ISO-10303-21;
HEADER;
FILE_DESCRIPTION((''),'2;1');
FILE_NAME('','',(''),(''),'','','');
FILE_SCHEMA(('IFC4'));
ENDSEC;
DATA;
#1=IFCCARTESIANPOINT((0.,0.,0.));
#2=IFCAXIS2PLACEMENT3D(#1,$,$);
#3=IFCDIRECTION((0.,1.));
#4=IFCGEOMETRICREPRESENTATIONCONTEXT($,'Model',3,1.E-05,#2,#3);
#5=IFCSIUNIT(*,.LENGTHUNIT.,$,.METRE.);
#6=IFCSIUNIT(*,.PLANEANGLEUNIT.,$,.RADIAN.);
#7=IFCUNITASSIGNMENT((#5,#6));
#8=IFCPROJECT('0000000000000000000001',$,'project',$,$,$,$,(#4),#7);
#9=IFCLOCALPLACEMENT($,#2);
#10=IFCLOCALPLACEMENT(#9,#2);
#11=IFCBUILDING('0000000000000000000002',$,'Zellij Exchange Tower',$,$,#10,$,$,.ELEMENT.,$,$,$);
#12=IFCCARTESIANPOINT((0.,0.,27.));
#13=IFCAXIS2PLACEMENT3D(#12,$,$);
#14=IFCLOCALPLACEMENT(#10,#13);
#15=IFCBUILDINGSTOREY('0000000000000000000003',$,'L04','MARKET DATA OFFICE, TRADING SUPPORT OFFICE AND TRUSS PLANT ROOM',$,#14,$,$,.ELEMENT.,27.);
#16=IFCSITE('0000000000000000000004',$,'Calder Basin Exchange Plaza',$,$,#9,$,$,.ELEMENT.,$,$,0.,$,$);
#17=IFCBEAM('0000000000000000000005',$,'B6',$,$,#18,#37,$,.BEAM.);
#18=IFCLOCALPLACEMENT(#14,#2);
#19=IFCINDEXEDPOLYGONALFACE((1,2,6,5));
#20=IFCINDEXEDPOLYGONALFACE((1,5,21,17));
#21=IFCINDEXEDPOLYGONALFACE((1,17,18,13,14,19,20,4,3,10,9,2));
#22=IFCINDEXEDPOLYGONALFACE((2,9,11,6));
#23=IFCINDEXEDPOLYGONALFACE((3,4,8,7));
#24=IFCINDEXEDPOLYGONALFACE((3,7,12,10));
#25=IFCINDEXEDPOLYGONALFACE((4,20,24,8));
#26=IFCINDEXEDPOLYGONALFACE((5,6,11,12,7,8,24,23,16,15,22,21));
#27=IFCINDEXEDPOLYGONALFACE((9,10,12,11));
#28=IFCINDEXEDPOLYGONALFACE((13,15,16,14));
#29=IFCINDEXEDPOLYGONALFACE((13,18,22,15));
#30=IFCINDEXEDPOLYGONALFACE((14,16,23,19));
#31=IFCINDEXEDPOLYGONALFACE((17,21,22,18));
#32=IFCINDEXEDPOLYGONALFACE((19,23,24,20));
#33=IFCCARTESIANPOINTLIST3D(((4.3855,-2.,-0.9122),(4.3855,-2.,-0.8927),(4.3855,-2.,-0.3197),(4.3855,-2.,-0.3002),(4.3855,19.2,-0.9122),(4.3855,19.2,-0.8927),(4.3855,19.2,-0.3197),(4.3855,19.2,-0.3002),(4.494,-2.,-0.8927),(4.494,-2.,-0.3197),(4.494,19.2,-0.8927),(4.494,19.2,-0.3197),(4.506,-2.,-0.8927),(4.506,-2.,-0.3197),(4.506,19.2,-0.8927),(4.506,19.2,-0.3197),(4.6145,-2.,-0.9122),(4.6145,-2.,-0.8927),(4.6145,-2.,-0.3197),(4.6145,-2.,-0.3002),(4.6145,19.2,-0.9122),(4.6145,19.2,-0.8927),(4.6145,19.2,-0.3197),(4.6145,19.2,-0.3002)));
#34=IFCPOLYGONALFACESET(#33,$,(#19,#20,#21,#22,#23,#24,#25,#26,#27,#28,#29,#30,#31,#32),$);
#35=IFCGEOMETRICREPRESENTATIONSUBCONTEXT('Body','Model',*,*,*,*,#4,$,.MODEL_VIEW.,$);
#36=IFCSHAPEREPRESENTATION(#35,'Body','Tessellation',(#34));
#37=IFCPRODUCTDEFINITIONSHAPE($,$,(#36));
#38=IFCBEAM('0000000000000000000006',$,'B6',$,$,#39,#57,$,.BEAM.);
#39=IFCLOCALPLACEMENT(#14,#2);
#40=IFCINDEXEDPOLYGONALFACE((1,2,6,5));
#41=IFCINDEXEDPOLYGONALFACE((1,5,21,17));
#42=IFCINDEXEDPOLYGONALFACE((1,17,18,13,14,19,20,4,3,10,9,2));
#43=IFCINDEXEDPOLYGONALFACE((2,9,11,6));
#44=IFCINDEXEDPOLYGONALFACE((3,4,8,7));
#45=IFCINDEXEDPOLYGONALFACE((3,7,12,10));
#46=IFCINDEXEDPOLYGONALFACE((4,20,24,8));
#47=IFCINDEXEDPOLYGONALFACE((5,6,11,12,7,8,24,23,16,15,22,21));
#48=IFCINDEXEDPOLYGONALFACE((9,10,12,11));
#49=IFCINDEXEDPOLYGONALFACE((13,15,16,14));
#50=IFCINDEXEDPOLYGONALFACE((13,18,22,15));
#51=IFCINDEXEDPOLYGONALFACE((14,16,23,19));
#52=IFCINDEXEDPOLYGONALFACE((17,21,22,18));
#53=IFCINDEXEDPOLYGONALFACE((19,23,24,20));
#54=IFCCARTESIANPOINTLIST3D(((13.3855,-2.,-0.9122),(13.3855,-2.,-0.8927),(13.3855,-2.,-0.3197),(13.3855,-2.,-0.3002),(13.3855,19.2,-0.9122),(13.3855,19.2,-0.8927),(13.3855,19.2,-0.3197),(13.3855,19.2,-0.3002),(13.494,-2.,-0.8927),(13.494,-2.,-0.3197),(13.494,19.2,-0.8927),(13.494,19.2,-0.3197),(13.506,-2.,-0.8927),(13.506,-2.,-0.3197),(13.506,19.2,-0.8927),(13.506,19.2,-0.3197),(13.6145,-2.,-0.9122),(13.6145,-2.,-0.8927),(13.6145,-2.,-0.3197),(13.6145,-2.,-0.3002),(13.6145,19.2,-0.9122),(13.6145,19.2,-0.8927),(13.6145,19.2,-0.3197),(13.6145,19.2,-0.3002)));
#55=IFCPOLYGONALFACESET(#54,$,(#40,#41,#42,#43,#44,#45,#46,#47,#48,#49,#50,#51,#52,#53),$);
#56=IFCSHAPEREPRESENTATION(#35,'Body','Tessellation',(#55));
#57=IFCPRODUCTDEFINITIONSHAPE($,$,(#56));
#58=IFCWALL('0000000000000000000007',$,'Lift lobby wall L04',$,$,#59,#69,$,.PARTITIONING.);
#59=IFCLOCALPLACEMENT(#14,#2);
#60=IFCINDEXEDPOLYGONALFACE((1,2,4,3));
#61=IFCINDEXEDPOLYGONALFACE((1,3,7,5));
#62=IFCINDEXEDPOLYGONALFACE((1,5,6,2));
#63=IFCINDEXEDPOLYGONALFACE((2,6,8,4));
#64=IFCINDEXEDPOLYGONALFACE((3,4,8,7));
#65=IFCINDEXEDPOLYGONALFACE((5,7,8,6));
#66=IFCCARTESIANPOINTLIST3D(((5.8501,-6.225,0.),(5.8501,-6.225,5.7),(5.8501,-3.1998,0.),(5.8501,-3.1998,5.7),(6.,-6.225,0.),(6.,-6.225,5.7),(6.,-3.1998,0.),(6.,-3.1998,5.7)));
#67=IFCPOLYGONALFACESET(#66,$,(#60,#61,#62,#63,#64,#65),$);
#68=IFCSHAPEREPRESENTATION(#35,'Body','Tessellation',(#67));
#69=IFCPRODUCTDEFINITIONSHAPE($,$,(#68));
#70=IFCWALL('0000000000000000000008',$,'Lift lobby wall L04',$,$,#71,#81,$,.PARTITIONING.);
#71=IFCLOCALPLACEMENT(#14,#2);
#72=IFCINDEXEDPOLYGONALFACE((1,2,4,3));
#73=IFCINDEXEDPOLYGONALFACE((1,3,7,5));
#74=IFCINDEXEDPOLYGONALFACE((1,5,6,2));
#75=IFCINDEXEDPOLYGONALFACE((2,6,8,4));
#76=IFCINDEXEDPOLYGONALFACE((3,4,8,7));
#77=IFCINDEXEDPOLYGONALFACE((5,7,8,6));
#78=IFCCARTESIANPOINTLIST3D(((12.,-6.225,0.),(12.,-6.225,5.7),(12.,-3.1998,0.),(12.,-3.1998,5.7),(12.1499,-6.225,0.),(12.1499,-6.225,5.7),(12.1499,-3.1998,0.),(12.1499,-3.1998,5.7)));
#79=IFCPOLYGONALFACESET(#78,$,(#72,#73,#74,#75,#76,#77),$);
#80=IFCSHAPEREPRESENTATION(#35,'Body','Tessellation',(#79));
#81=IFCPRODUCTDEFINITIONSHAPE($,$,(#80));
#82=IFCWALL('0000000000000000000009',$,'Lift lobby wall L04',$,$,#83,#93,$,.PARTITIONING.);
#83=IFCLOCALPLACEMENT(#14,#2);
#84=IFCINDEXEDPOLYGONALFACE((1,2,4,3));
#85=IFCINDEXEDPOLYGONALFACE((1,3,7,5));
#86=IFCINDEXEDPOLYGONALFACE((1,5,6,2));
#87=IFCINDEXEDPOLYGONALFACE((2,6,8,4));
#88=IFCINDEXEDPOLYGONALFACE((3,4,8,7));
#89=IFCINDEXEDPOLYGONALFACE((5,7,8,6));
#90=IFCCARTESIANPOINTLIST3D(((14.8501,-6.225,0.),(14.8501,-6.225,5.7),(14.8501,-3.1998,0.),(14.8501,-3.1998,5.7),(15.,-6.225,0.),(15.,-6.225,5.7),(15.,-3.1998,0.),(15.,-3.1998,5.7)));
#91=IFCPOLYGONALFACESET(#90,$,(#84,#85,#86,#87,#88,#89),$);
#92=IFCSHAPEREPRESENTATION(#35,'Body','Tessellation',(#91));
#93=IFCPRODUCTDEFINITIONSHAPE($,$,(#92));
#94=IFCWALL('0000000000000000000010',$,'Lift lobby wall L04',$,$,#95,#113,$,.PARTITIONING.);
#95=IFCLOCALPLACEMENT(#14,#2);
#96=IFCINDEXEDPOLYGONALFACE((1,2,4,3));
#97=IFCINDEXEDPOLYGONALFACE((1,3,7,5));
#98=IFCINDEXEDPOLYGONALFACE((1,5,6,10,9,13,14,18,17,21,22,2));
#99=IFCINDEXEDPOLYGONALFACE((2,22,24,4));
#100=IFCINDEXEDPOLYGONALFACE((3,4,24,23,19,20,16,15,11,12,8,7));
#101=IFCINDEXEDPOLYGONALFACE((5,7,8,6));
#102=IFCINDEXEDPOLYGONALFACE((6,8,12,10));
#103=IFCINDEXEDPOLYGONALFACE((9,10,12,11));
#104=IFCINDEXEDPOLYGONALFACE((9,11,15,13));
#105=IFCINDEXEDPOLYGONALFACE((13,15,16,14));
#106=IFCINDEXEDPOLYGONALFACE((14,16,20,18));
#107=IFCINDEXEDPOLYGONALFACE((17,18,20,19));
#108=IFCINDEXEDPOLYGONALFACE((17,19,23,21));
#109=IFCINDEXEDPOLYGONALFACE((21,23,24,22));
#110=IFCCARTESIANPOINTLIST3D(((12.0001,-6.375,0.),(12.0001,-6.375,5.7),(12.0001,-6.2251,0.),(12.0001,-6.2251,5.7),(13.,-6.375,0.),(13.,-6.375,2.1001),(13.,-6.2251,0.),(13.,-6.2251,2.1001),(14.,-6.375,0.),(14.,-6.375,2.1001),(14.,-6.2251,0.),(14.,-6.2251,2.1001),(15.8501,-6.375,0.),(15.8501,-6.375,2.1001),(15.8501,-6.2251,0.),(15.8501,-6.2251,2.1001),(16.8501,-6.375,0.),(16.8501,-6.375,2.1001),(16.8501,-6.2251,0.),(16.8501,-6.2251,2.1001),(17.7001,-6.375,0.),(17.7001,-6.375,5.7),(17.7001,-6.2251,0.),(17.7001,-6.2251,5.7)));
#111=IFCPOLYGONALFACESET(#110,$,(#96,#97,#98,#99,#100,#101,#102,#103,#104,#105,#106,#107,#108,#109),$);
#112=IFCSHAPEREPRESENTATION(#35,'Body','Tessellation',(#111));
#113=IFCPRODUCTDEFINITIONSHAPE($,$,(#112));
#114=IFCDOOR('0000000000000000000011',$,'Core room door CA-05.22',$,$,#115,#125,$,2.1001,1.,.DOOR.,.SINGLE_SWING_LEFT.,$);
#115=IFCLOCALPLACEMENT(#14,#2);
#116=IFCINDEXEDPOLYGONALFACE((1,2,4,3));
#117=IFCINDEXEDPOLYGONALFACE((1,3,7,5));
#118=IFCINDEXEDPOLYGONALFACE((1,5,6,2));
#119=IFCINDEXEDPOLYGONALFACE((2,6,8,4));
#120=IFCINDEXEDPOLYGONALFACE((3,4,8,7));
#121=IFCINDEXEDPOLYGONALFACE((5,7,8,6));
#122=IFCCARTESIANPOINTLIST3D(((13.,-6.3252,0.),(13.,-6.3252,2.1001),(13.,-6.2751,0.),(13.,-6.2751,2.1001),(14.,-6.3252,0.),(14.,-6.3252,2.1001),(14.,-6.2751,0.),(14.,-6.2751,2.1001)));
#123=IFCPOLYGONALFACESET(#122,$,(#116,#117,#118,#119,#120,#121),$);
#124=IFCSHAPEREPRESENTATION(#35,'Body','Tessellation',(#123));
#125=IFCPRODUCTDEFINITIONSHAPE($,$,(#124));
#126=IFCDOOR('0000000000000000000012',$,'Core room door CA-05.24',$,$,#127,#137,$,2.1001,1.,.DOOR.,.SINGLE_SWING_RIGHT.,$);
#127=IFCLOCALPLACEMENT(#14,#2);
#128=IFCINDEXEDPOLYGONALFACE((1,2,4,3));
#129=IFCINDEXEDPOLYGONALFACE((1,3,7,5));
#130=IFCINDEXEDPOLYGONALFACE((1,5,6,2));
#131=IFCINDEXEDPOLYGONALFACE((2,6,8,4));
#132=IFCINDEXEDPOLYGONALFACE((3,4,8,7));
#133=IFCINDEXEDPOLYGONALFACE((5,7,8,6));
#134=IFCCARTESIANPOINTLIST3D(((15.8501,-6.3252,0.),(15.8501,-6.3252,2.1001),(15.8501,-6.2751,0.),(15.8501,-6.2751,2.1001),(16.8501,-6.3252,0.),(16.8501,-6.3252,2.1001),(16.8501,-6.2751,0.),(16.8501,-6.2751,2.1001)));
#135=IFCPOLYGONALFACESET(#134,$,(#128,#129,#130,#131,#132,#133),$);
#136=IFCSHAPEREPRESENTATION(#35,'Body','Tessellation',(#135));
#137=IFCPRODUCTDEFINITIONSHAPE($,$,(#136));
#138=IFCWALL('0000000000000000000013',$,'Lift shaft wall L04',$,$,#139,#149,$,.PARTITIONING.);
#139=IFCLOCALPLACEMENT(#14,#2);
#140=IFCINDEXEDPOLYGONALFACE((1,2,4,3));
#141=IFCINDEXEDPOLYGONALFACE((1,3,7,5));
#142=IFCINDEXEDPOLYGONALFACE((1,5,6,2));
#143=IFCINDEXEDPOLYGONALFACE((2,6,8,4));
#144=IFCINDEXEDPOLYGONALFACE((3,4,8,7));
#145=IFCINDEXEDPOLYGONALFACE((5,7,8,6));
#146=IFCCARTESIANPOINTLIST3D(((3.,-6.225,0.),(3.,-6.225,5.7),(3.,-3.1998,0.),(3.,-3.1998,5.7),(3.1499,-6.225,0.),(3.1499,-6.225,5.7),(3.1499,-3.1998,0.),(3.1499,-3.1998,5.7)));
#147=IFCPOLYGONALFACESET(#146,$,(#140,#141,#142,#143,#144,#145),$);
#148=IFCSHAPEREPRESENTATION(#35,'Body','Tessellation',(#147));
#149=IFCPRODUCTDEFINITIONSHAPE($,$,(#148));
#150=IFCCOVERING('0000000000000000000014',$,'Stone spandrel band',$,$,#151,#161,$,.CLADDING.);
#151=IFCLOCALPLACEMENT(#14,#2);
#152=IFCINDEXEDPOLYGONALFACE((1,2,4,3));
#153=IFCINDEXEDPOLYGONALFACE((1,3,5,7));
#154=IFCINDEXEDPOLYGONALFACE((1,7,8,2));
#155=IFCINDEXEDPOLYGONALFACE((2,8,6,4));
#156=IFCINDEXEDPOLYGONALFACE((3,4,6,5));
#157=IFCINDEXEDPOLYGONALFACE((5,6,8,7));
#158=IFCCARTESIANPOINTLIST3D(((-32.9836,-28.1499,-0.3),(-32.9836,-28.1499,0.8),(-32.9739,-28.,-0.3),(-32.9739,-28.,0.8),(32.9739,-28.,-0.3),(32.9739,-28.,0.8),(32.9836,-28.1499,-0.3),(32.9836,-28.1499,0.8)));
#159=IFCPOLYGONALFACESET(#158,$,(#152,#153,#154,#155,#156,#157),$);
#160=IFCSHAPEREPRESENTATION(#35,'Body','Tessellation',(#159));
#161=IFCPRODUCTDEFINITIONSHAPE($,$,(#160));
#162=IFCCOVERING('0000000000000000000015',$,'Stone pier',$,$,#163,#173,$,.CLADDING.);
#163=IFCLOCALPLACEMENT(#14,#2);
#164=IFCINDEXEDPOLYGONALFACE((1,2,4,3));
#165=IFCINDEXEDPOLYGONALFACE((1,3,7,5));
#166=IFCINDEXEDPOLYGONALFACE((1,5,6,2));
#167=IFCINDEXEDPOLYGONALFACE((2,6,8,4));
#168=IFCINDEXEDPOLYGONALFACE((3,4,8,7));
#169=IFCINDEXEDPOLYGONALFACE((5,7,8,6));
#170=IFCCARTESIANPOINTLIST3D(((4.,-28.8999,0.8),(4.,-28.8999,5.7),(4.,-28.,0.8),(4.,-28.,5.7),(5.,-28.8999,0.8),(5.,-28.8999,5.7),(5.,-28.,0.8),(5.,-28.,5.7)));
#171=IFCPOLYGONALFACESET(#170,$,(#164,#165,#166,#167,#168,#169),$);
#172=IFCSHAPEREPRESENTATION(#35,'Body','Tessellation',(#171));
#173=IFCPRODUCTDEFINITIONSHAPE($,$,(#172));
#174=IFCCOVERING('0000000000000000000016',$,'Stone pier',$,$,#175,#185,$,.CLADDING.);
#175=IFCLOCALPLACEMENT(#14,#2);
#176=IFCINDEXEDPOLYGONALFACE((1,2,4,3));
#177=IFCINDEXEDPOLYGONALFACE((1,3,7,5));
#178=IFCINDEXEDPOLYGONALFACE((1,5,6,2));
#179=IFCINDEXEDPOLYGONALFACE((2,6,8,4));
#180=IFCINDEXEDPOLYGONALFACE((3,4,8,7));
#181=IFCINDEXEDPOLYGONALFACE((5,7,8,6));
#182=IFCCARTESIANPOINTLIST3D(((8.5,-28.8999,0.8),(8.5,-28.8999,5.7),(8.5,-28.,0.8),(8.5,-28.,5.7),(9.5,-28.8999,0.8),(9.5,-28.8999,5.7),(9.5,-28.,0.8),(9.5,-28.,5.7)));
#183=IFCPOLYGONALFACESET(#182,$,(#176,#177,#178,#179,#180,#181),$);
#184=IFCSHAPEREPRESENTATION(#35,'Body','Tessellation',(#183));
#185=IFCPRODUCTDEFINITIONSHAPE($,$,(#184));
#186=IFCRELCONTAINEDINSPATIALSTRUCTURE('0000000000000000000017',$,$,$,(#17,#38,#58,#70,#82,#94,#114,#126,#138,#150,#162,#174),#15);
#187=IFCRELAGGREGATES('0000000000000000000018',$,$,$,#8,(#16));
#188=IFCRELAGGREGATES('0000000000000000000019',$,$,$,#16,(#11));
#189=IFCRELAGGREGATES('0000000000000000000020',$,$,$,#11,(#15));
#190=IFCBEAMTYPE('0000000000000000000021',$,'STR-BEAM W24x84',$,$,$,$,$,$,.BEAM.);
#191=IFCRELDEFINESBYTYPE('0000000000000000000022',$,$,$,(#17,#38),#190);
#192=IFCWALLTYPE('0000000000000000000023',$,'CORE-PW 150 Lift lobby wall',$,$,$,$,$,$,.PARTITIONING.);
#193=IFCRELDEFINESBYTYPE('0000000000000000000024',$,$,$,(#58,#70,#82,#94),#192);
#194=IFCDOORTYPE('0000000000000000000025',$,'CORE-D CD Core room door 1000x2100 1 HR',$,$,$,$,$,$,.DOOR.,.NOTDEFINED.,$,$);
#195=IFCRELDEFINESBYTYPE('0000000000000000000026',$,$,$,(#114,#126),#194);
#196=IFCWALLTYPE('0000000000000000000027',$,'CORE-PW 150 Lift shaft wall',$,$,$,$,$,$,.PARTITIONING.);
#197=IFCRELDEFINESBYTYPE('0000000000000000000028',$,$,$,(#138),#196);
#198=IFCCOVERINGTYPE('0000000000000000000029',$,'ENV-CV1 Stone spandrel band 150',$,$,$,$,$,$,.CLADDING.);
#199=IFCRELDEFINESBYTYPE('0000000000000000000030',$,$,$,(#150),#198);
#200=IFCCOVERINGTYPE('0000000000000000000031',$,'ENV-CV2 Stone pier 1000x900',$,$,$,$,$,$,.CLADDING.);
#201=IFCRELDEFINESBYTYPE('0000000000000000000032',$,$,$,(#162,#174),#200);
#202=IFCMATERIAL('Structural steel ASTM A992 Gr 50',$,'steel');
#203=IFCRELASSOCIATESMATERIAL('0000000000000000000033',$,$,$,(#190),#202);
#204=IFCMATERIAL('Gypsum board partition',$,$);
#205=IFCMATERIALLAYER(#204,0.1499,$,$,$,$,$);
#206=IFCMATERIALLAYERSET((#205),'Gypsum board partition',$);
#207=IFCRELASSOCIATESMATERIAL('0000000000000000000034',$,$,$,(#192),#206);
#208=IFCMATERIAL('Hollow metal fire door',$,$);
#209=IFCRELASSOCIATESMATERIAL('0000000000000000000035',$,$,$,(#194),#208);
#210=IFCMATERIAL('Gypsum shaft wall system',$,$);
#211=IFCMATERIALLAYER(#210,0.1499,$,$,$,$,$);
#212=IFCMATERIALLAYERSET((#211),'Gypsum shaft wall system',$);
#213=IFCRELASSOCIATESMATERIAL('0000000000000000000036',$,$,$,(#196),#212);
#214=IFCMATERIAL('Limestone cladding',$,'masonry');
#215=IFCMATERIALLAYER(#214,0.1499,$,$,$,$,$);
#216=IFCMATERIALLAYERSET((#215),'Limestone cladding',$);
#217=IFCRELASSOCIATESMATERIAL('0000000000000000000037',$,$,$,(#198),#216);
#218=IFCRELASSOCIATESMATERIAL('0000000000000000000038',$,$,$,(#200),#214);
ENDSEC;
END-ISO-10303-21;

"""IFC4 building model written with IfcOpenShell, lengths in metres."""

from ifc_helpers import new_model, si_unit, direction, frame, frame_2d, origin, origin_2d, place, context, subcontext, project, spatial, polyline, rectangle, i_section, outline, extrude, material, layer, layer_set, material_profile, profile_set, type_object, element, fill, save


model = new_model("IFC4")

# Units and contexts
model_context = context("Model", 3, precision=1e-05, world=origin(), true_north=direction((0.0, 1.0)))
body_context = subcontext(model_context, "Body", "Model", "MODEL_VIEW")
ifc_project = project(units=[si_unit("LENGTHUNIT", "METRE"), si_unit("PLANEANGLEUNIT", "RADIAN")], contexts=[model_context])

# Site, building, storey
site_placement = place(None, origin())
site = spatial("IfcSite", under=ifc_project, at=site_placement, Name="Calder Basin Exchange Plaza", CompositionType="ELEMENT", RefElevation=0.0)
building_placement = place(site_placement, origin())
building = spatial("IfcBuilding", under=site, at=building_placement, Name="Zellij Exchange Tower", CompositionType="ELEMENT")
storey_placement = place(building_placement, frame((0.0, 0.0, 27.0)))
storey = spatial("IfcBuildingStorey", under=building, at=storey_placement, Name="L04", Description="MARKET DATA OFFICE, TRADING SUPPORT OFFICE AND TRUSS PLANT ROOM", CompositionType="ELEMENT", Elevation=27.0)

# Beams
ifc_material_1 = material(Name="Structural steel ASTM A992 Gr 50", Category="steel")
ifc_material_profile = material_profile(ifc_material_1, i_section(OverallWidth=0.229, OverallDepth=0.6121, WebThickness=0.012, FlangeThickness=0.0195, at=origin_2d()), Name="W24x84")
ifc_profile_set = profile_set([ifc_material_profile], Name="Structural steel ASTM A992 Gr 50")
beam_type = type_object("IfcBeamType", Name="STR-BEAM W24x84", PredefinedType="BEAM", material=ifc_profile_set)
for number, where, z_axis, x_axis, name in (
    (1, (4.5, -2.0, -0.6062), (0.0, 1.0, 0.0), (-1.0, 0.0, 0.0), "B6"),
    (2, (13.5, -2.0, -0.6062), (0.0, 1.0, 0.0), (-1.0, 0.0, 0.0), "B6"),
):
    element("IfcBeam", number, at=place(storey_placement, frame(where, z_axis=z_axis, x_axis=x_axis)), inside=storey, type_object=beam_type, Name=name, PredefinedType="BEAM", context=body_context, shape_type="SweptSolid", body=[
        extrude(i_section(OverallWidth=0.229, OverallDepth=0.6121, WebThickness=0.012, FlangeThickness=0.0195, at=origin_2d()), origin(), (0.0, 0.0, 1.0), 21.2),
    ])

# Walls
ifc_material_2 = material(Name="Gypsum board partition")
ifc_layer_1 = layer(ifc_material_2, 0.1499)
ifc_layer_set_1 = layer_set([ifc_layer_1], Name="Gypsum board partition")
wall_type_1 = type_object("IfcWallType", Name="CORE-PW 150 Lift lobby wall", PredefinedType="PARTITIONING", material=ifc_layer_set_1)
for number, where, z_axis, x_axis, name in (
    (3, (5.925, -6.2251, 0.0), (0.0, 0.0, 1.0), (0.0, 1.0, 0.0), "Lift lobby wall L04"),
    (4, (12.075, -6.2251, 0.0), (0.0, 0.0, 1.0), (0.0, 1.0, 0.0), "Lift lobby wall L04"),
    (5, (14.925, -6.2251, 0.0), (0.0, 0.0, 1.0), (0.0, 1.0, 0.0), "Lift lobby wall L04"),
):
    element("IfcWall", number, at=place(storey_placement, frame(where, z_axis=z_axis, x_axis=x_axis)), inside=storey, type_object=wall_type_1, Name=name, PredefinedType="PARTITIONING", context=body_context, shape_type="SweptSolid", body=[
        extrude(rectangle(XDim=3.0251, YDim=0.1499, at=frame_2d((1.5127, 0.0))), origin(), (0.0, 0.0, 1.0), 5.7),
    ])

# Wall, openings, doors
wall_1_placement = place(storey_placement, frame((12.0, -6.3, 0.0), z_axis=(0.0, 0.0, 1.0), x_axis=(1.0, 0.0, 0.0)))
wall_1 = element("IfcWall", 6, at=wall_1_placement, inside=storey, type_object=wall_type_1, Name="Lift lobby wall L04", PredefinedType="PARTITIONING", context=body_context, shape_type="SweptSolid", body=[
    extrude(rectangle(XDim=5.7, YDim=0.1499, at=frame_2d((2.8501, 0.0))), origin(), (0.0, 0.0, 1.0), 5.7),
])
opening_1_placement = place(wall_1_placement, frame((1.0, 0.0, 0.0)))
opening_1 = element("IfcOpeningElement", 7, at=opening_1_placement, cuts=wall_1, PredefinedType="OPENING", context=body_context, shape_type="SweptSolid", body=[
    extrude(rectangle(XDim=1.0, YDim=2.1001, at=frame_2d((0.5, 1.05))), frame((0.0, 0.0869, 0.0), z_axis=(0.0, -1.0, 0.0), x_axis=(1.0, 0.0, 0.0)), (0.0, 0.0, 1.0), 0.1738),
])
opening_2_placement = place(wall_1_placement, frame((3.8501, 0.0, 0.0)))
opening_2 = element("IfcOpeningElement", 8, at=opening_2_placement, cuts=wall_1, PredefinedType="OPENING", context=body_context, shape_type="SweptSolid", body=[
    extrude(rectangle(XDim=1.0, YDim=2.1001, at=frame_2d((0.5, 1.05))), frame((0.0, 0.0869, 0.0), z_axis=(0.0, -1.0, 0.0), x_axis=(1.0, 0.0, 0.0)), (0.0, 0.0, 1.0), 0.1738),
])
ifc_material_3 = material(Name="Hollow metal fire door")
door_type = type_object("IfcDoorType", Name="CORE-D CD Core room door 1000x2100 1 HR", OperationType="NOTDEFINED", PredefinedType="DOOR", material=ifc_material_3)
door_1_placement = place(opening_1_placement, origin())
door_1 = element("IfcDoor", 9, at=door_1_placement, inside=storey, type_object=door_type, Name="Core room door CA-05.22", OperationType="SINGLE_SWING_LEFT", OverallHeight=2.1001, OverallWidth=1.0, PredefinedType="DOOR", context=body_context, shape_type="SweptSolid", body=[
    extrude(rectangle(XDim=1.0, YDim=2.1001, at=frame_2d((0.5, 1.05))), frame((0.0, 0.0249, 0.0), z_axis=(0.0, -1.0, 0.0), x_axis=(1.0, 0.0, 0.0)), (0.0, 0.0, 1.0), 0.05),
])
fill(opening_1, door_1)
door_2_placement = place(opening_2_placement, origin())
door_2 = element("IfcDoor", 10, at=door_2_placement, inside=storey, type_object=door_type, Name="Core room door CA-05.24", OperationType="SINGLE_SWING_RIGHT", OverallHeight=2.1001, OverallWidth=1.0, PredefinedType="DOOR", context=body_context, shape_type="SweptSolid", body=[
    extrude(rectangle(XDim=1.0, YDim=2.1001, at=frame_2d((0.5, 1.05))), frame((0.0, 0.0249, 0.0), z_axis=(0.0, -1.0, 0.0), x_axis=(1.0, 0.0, 0.0)), (0.0, 0.0, 1.0), 0.05),
])
fill(opening_2, door_2)

# Wall
ifc_material_4 = material(Name="Gypsum shaft wall system")
ifc_layer_2 = layer(ifc_material_4, 0.1499)
ifc_layer_set_2 = layer_set([ifc_layer_2], Name="Gypsum shaft wall system")
wall_type_2 = type_object("IfcWallType", Name="CORE-PW 150 Lift shaft wall", PredefinedType="PARTITIONING", material=ifc_layer_set_2)
wall_2_placement = place(storey_placement, frame((3.075, -6.2251, 0.0), z_axis=(0.0, 0.0, 1.0), x_axis=(0.0, 1.0, 0.0)))
element("IfcWall", 11, at=wall_2_placement, inside=storey, type_object=wall_type_2, Name="Lift shaft wall L04", PredefinedType="PARTITIONING", context=body_context, shape_type="SweptSolid", body=[
    extrude(rectangle(XDim=3.0251, YDim=0.1499, at=frame_2d((1.5127, 0.0))), origin(), (0.0, 0.0, 1.0), 5.7),
])

# Coverings
ifc_material_5 = material(Name="Limestone cladding", Category="masonry")
ifc_layer_3 = layer(ifc_material_5, 0.1499)
ifc_layer_set_3 = layer_set([ifc_layer_3], Name="Limestone cladding")
covering_type_1 = type_object("IfcCoveringType", Name="ENV-CV1 Stone spandrel band 150", PredefinedType="CLADDING", material=ifc_layer_set_3)
covering_1_placement = place(storey_placement, frame((0.0, 0.0, -0.3)))
element("IfcCovering", 12, at=covering_1_placement, inside=storey, type_object=covering_type_1, Name="Stone spandrel band", PredefinedType="CLADDING", context=body_context, shape_type="SweptSolid", body=[
    extrude(outline(polyline([(-32.9739, -28.0), (32.9739, -28.0), (32.9836, -28.1499), (-32.9836, -28.1499), (-32.9739, -28.0)])), origin(), (0.0, 0.0, 1.0), 1.1001),
])
covering_type_2 = type_object("IfcCoveringType", Name="ENV-CV2 Stone pier 1000x900", PredefinedType="CLADDING", material=ifc_material_5)
covering_2_placement = place(storey_placement, frame((0.0, 0.0, 0.8)))
element("IfcCovering", 13, at=covering_2_placement, inside=storey, type_object=covering_type_2, Name="Stone pier", PredefinedType="CLADDING", context=body_context, shape_type="SweptSolid", body=[
    extrude(outline(polyline([(4.0, -28.0), (5.0, -28.0), (5.0, -28.8999), (4.0, -28.8999), (4.0, -28.0)])), origin(), (0.0, 0.0, 1.0), 4.8999),
])
covering_3_placement = place(storey_placement, frame((0.0, 0.0, 0.8)))
element("IfcCovering", 14, at=covering_3_placement, inside=storey, type_object=covering_type_2, Name="Stone pier", PredefinedType="CLADDING", context=body_context, shape_type="SweptSolid", body=[
    extrude(outline(polyline([(8.5, -28.0), (9.5, -28.0), (9.5, -28.8999), (8.5, -28.8999), (8.5, -28.0)])), origin(), (0.0, 0.0, 1.0), 4.8999),
])

save(model, "model.ifc")
